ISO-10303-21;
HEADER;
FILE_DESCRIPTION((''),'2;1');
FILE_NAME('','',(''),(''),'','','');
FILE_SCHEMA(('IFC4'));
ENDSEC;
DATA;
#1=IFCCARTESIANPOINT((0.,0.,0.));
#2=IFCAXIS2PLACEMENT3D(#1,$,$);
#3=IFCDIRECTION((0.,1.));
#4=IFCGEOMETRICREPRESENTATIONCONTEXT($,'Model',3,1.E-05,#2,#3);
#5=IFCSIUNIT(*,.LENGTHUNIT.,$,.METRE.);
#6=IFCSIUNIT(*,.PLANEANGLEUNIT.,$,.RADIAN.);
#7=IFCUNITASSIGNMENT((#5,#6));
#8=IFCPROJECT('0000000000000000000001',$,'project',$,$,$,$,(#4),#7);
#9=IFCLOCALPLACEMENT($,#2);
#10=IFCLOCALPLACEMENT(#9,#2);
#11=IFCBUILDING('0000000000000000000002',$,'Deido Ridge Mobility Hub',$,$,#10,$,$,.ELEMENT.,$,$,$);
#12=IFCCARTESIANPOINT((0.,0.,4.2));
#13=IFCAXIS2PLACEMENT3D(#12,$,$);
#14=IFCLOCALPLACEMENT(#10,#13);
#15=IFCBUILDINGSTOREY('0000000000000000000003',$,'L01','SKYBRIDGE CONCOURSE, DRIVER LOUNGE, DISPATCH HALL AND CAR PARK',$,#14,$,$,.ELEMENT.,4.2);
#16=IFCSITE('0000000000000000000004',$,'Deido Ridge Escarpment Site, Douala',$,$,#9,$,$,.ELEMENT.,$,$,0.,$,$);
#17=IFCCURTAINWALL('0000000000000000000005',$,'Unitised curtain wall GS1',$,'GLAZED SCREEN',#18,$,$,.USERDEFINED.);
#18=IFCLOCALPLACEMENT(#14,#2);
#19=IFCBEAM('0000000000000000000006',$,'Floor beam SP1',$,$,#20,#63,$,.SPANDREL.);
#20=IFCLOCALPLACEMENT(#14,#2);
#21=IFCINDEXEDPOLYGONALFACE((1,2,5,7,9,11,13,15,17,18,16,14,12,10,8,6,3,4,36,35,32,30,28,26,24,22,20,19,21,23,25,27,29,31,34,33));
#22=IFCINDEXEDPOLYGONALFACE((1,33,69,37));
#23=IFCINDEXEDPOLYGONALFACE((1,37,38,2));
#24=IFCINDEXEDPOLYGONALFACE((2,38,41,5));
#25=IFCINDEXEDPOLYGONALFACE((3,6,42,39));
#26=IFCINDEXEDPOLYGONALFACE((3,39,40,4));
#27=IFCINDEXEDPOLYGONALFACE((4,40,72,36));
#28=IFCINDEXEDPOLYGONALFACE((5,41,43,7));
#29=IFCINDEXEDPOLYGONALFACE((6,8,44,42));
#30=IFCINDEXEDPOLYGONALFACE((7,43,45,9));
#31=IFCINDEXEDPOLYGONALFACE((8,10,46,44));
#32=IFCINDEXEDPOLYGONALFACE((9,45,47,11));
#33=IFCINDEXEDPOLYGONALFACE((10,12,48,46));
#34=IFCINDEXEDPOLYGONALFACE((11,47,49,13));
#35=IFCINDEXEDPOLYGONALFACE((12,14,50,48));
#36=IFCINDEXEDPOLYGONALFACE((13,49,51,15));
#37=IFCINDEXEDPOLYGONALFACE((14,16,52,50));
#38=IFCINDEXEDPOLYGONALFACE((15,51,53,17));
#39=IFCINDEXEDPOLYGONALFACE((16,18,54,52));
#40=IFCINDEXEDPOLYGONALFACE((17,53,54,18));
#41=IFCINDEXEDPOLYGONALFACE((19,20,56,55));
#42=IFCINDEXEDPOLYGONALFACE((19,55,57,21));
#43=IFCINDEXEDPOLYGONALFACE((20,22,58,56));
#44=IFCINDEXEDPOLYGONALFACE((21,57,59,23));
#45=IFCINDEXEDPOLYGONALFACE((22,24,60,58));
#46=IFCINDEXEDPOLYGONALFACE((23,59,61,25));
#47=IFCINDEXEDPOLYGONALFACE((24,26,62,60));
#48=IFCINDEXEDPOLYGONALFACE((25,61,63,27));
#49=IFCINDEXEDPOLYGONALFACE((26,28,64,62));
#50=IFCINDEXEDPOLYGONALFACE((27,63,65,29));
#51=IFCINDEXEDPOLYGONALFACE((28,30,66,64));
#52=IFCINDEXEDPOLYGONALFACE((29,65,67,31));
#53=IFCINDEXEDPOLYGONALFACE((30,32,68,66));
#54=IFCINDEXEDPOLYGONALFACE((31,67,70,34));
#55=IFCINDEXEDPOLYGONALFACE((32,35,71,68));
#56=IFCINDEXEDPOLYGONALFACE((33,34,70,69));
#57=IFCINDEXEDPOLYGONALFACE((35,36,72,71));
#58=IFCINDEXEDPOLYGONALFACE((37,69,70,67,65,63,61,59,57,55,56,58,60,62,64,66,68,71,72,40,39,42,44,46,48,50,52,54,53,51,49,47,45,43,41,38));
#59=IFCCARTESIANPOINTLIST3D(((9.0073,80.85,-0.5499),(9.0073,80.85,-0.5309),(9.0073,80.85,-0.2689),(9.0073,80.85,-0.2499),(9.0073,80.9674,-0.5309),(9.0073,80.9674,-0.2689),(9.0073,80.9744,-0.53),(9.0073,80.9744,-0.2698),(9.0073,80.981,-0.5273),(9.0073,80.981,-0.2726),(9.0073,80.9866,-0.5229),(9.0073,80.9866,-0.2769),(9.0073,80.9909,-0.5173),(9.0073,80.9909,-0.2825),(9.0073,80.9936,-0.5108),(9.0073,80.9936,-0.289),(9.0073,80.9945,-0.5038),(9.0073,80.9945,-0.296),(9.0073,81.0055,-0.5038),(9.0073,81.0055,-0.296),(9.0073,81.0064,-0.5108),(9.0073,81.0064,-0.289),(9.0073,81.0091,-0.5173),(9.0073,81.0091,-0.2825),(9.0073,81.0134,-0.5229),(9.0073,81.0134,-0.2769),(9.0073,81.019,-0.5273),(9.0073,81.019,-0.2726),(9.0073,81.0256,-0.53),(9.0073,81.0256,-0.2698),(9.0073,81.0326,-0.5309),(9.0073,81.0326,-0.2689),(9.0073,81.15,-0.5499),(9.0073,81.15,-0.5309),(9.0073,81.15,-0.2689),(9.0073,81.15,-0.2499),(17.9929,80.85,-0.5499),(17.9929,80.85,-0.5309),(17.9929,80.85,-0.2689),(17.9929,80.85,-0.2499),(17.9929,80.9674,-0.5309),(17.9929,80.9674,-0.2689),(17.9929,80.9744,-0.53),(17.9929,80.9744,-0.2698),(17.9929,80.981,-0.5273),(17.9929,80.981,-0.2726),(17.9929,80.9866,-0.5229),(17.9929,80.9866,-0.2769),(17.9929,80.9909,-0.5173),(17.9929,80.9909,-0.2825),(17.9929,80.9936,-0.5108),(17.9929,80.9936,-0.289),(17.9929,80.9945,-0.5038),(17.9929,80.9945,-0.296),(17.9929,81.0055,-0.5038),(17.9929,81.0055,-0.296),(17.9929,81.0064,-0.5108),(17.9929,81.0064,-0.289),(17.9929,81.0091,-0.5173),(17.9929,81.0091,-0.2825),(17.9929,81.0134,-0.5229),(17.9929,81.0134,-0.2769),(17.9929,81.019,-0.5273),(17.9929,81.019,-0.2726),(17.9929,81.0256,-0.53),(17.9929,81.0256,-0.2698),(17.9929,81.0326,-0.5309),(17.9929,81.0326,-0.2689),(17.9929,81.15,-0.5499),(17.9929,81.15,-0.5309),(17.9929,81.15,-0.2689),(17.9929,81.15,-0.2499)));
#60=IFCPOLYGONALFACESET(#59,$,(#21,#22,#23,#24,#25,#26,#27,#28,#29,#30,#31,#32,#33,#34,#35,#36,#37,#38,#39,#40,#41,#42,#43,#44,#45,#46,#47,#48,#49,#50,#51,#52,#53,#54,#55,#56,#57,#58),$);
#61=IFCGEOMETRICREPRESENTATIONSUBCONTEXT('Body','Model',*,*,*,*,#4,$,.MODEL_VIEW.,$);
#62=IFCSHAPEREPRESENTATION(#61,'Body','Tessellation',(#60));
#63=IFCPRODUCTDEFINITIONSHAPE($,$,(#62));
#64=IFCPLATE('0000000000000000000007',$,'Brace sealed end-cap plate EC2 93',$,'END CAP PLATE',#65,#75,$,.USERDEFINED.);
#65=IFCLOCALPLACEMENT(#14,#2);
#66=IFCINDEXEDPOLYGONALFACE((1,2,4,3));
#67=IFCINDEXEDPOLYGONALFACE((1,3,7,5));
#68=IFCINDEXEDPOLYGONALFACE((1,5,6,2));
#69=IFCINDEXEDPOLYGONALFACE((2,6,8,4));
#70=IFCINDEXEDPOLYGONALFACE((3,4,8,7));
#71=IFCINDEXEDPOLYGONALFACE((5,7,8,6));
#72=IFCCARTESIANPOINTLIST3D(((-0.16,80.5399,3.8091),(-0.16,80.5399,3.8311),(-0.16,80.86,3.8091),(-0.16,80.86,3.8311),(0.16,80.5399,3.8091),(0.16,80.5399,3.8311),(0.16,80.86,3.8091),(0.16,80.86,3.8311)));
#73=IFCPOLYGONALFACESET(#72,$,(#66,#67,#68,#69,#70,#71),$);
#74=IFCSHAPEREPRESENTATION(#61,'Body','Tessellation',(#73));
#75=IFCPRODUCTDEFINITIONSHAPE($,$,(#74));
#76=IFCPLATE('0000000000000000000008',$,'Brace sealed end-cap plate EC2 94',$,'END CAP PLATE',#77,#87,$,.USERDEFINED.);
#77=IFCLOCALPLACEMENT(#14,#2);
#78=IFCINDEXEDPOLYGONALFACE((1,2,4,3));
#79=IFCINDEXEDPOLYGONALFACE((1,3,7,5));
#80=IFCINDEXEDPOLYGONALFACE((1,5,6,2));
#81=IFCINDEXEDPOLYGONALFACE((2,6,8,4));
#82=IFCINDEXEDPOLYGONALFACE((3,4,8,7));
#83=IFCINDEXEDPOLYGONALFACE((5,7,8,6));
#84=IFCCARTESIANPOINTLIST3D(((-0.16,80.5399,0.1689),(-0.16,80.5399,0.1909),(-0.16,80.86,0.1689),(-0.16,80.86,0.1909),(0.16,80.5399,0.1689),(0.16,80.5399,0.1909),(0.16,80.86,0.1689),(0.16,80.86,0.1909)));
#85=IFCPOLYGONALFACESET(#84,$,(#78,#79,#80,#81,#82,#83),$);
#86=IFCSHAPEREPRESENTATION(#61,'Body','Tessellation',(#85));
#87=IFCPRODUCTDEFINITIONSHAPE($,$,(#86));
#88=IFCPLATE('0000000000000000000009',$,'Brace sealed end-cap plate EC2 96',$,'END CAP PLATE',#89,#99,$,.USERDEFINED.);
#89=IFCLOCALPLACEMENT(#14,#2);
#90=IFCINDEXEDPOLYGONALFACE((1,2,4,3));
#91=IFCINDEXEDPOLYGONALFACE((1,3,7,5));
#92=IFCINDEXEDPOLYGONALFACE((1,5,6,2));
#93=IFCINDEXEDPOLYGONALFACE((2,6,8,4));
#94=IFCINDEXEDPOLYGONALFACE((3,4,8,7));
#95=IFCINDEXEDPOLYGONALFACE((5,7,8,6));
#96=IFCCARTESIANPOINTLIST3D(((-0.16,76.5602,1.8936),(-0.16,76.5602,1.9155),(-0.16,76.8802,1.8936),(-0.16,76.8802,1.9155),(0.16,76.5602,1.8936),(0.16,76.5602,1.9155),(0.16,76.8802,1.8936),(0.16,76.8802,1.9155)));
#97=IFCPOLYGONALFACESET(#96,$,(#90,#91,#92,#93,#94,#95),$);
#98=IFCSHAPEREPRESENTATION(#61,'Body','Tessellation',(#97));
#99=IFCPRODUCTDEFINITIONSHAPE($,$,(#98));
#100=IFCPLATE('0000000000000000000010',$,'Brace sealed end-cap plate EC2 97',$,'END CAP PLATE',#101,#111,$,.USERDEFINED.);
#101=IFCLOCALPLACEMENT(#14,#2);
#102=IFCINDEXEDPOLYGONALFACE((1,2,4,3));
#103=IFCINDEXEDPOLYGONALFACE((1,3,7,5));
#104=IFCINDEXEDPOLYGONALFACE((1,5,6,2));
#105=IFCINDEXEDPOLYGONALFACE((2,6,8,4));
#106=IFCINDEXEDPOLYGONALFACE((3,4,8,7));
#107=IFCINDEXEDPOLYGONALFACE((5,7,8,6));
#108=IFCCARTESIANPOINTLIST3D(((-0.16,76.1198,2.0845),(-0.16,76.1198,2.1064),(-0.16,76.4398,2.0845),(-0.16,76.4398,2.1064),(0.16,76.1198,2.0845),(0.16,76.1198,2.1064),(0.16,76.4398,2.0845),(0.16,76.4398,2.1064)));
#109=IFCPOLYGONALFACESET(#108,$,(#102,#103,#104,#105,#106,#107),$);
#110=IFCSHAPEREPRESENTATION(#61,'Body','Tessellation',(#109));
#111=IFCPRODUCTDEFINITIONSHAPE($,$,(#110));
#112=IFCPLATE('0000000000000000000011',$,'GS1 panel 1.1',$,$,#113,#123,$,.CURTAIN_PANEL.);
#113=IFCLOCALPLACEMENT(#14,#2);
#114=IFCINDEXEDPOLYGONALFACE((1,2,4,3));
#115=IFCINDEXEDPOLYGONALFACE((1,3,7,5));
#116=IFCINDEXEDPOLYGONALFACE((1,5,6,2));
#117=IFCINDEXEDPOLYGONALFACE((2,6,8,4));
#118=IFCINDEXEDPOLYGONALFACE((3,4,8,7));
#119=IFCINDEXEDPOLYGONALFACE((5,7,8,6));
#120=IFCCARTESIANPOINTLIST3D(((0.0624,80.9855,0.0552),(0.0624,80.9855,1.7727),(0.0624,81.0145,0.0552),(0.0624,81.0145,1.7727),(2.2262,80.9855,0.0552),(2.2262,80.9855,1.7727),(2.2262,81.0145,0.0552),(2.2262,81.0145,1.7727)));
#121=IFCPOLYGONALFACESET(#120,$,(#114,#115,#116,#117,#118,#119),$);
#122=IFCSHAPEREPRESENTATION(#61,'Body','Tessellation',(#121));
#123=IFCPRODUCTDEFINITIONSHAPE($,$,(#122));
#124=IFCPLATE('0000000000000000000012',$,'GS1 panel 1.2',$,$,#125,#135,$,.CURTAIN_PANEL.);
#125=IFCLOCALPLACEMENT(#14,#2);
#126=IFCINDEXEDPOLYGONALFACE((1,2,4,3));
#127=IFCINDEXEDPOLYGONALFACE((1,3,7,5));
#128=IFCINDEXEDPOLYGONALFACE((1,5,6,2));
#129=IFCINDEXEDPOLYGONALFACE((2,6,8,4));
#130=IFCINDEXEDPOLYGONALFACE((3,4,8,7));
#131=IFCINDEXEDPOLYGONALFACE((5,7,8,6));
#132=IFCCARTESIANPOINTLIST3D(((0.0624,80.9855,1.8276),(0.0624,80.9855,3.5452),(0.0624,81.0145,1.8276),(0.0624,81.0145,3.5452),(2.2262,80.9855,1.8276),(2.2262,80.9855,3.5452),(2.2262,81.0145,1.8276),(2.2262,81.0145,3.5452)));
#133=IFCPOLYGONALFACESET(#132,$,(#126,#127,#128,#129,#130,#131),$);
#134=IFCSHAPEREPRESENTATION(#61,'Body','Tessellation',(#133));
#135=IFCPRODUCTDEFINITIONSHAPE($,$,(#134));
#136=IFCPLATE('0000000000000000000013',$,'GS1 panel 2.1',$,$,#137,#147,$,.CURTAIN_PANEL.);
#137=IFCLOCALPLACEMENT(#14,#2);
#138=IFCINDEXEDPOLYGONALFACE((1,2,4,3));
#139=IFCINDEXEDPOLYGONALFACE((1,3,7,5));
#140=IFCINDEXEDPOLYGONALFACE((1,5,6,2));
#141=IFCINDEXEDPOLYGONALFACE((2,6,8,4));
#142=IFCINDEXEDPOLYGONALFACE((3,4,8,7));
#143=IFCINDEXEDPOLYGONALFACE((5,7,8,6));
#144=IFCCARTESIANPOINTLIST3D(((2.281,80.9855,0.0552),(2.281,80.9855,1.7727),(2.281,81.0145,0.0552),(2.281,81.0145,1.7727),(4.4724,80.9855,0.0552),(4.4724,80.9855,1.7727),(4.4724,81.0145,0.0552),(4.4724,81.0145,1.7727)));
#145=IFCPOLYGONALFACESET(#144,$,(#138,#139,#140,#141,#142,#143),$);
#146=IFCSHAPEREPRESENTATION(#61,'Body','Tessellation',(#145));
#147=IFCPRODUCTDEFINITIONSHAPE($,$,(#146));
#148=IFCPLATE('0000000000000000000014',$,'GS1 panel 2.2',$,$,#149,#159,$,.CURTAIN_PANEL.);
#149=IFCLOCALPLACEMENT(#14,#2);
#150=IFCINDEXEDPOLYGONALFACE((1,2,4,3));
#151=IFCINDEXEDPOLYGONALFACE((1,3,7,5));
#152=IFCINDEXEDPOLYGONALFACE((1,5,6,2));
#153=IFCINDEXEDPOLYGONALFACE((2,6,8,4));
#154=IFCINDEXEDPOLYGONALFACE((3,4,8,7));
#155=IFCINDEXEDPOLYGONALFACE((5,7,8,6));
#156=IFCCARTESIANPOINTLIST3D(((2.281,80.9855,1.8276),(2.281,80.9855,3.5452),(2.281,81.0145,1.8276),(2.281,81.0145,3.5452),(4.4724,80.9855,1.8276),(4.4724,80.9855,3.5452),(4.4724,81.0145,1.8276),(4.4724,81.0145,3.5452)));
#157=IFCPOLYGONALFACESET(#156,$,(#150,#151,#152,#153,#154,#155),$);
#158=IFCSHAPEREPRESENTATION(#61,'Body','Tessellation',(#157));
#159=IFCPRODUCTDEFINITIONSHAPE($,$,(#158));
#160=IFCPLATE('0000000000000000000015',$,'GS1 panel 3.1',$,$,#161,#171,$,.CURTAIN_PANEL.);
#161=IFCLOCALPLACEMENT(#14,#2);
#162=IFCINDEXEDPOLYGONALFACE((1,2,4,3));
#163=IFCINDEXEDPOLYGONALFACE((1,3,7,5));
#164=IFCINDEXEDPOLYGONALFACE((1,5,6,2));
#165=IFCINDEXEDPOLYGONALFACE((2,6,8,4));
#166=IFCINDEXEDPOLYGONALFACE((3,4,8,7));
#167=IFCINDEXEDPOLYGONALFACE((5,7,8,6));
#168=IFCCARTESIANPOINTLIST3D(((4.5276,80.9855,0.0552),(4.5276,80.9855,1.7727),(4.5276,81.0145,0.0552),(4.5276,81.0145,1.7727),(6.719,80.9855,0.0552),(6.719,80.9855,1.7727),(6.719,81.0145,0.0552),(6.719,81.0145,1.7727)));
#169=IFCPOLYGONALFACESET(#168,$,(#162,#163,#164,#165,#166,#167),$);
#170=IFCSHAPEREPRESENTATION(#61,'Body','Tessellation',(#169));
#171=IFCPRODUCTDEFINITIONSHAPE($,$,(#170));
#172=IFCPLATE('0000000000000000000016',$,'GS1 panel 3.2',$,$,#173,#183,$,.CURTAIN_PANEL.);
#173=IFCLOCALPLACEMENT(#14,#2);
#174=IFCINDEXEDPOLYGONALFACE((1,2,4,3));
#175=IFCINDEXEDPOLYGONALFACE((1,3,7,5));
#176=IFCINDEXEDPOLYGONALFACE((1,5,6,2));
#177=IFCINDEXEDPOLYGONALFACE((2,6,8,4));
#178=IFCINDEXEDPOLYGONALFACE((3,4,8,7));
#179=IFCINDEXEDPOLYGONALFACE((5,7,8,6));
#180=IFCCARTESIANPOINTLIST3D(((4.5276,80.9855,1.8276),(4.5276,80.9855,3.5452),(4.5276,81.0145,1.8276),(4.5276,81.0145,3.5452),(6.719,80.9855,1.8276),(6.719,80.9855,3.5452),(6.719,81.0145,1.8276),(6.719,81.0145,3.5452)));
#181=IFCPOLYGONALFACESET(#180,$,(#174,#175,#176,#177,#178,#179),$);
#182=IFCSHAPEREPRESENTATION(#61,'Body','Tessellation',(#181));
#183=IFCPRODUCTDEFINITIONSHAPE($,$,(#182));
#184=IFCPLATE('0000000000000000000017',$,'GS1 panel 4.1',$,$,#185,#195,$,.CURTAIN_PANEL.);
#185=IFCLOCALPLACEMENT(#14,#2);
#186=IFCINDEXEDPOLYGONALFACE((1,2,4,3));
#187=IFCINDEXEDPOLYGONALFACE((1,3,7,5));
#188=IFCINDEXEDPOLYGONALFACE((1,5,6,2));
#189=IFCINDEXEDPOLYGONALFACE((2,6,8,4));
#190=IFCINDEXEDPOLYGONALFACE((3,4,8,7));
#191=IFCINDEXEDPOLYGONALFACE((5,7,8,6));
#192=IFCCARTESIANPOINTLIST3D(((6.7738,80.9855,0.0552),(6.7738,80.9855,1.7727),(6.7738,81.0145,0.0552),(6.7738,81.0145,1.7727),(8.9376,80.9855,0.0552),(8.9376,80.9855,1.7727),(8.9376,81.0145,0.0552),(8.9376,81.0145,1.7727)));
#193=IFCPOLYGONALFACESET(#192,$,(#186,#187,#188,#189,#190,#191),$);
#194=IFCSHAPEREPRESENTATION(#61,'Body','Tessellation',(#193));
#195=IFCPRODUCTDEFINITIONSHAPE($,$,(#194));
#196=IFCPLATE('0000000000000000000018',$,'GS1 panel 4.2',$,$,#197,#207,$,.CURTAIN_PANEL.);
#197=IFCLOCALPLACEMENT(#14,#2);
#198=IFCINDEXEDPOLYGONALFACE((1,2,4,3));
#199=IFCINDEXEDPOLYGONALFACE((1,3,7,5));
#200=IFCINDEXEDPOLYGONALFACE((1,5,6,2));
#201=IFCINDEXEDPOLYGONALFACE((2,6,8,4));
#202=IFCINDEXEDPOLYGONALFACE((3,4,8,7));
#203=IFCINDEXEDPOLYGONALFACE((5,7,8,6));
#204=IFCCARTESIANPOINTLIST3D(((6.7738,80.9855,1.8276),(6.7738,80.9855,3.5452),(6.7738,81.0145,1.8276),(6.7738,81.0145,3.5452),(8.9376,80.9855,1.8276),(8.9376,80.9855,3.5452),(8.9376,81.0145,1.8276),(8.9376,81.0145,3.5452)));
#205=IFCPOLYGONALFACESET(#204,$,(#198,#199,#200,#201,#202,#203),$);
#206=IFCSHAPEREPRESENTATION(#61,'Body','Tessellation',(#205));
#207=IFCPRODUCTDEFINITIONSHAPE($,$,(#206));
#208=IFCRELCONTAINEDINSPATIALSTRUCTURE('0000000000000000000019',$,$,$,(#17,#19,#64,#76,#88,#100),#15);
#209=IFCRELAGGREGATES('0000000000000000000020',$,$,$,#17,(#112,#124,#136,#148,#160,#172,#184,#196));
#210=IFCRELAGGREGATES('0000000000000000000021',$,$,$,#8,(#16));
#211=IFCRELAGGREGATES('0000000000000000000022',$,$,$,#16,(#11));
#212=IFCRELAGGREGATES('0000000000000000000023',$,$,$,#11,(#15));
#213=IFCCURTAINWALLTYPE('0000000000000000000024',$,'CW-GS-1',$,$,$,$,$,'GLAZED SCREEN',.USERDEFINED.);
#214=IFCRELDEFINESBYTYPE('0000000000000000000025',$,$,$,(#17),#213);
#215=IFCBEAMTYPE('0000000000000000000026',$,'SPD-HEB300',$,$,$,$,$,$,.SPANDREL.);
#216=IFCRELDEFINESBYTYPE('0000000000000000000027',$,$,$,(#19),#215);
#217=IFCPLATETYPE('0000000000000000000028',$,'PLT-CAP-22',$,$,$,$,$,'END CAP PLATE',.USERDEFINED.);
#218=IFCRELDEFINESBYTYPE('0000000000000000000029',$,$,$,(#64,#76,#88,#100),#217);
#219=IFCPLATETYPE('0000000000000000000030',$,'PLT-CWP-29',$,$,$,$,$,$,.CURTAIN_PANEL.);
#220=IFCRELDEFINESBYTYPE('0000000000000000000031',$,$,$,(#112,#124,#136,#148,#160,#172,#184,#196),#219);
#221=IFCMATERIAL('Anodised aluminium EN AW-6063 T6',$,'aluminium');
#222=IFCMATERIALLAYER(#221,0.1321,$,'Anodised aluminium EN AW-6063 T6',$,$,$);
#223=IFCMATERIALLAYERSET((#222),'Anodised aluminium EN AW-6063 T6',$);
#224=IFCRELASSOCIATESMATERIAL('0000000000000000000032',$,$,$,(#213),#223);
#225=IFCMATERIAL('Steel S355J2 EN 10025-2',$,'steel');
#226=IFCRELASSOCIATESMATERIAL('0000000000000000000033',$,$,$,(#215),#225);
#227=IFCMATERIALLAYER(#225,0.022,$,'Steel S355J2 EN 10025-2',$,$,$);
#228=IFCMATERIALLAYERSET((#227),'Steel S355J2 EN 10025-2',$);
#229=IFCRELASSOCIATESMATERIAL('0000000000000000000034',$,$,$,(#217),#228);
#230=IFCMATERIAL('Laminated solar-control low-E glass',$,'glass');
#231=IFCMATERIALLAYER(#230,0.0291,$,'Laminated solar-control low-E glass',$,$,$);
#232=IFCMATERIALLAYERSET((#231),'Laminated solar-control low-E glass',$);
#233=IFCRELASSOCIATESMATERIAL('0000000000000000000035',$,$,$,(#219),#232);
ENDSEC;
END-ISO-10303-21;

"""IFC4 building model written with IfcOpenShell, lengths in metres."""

from ifc_helpers import new_model, si_unit, direction, frame, origin, origin_2d, place, context, subcontext, project, spatial, rectangle, i_section, extrude, material, layer, layer_set, material_profile, profile_set, type_object, element, aggregate, save


model = new_model("IFC4")

# Units and contexts
model_context = context("Model", 3, precision=1e-05, world=origin(), true_north=direction((0.0, 1.0)))
body_context = subcontext(model_context, "Body", "Model", "MODEL_VIEW")
ifc_project = project(units=[si_unit("LENGTHUNIT", "METRE"), si_unit("PLANEANGLEUNIT", "RADIAN")], contexts=[model_context])

# Site, building, storey
site_placement = place(None, origin())
site = spatial("IfcSite", under=ifc_project, at=site_placement, Name="Deido Ridge Escarpment Site, Douala", CompositionType="ELEMENT", RefElevation=0.0)
building_placement = place(site_placement, origin())
building = spatial("IfcBuilding", under=site, at=building_placement, Name="Deido Ridge Mobility Hub", CompositionType="ELEMENT")
storey_placement = place(building_placement, frame((0.0, 0.0, 4.2)))
storey = spatial("IfcBuildingStorey", under=building, at=storey_placement, Name="L01", Description="SKYBRIDGE CONCOURSE, DRIVER LOUNGE, DISPATCH HALL AND CAR PARK", CompositionType="ELEMENT", Elevation=4.2)

# Shared definitions
ifc_material_1 = material(Name="Steel S355J2 EN 10025-2", Category="steel")

# Curtain wall
ifc_material_2 = material(Name="Anodised aluminium EN AW-6063 T6", Category="aluminium")
ifc_layer_1 = layer(ifc_material_2, 0.1321, Name="Anodised aluminium EN AW-6063 T6")
ifc_layer_set_1 = layer_set([ifc_layer_1], Name="Anodised aluminium EN AW-6063 T6")
curtain_wall_type_1 = type_object("IfcCurtainWallType", Name="CW-GS-1", ElementType="GLAZED SCREEN", PredefinedType="USERDEFINED", material=ifc_layer_set_1)
curtain_wall_1_placement = place(storey_placement, origin())
curtain_wall_1 = element("IfcCurtainWall", 1, at=curtain_wall_1_placement, inside=storey, type_object=curtain_wall_type_1, Name="Unitised curtain wall GS1", ObjectType="GLAZED SCREEN", PredefinedType="USERDEFINED")

# Beam
ifc_material_profile_1 = material_profile(ifc_material_1, i_section(OverallWidth=0.3, OverallDepth=0.3, WebThickness=0.011, FlangeThickness=0.019, FilletRadius=0.0271, at=origin_2d()), Name="HEB 300")
ifc_profile_set_1 = profile_set([ifc_material_profile_1], Name="Steel S355J2 EN 10025-2")
beam_type = type_object("IfcBeamType", Name="SPD-HEB300", PredefinedType="SPANDREL", material=ifc_profile_set_1)
beam_1_placement = place(storey_placement, frame((9.0073, 81.0, -0.3999), z_axis=(1.0, 0.0, 0.0), x_axis=(0.0, 1.0, 0.0)))
element("IfcBeam", 2, at=beam_1_placement, inside=storey, type_object=beam_type, Name="Floor beam SP1", PredefinedType="SPANDREL", context=body_context, shape_type="SweptSolid", body=[
    extrude(i_section(OverallWidth=0.3, OverallDepth=0.3, WebThickness=0.011, FlangeThickness=0.019, FilletRadius=0.0271, at=origin_2d()), origin(), (0.0, 0.0, 1.0), 8.9856),
])

# Plates
ifc_layer_2 = layer(ifc_material_1, 0.022, Name="Steel S355J2 EN 10025-2")
ifc_layer_set_2 = layer_set([ifc_layer_2], Name="Steel S355J2 EN 10025-2")
plate_type_1 = type_object("IfcPlateType", Name="PLT-CAP-22", ElementType="END CAP PLATE", PredefinedType="USERDEFINED", material=ifc_layer_set_2)
for number, where, z_axis, x_axis, name in (
    (3, (0.0, 80.7, 3.8091), (0.0, 0.0, 1.0), (1.0, 0.0, 0.0), "Brace sealed end-cap plate EC2 93"),
    (4, (0.0, 80.7, 0.1689), (0.0, 0.0, 1.0), (1.0, 0.0, 0.0), "Brace sealed end-cap plate EC2 94"),
    (5, (0.0, 76.7202, 1.8936), (0.0, 0.0, 1.0), (1.0, 0.0, 0.0), "Brace sealed end-cap plate EC2 96"),
    (6, (0.0, 76.2798, 2.0845), (0.0, 0.0, 1.0), (1.0, 0.0, 0.0), "Brace sealed end-cap plate EC2 97"),
):
    element("IfcPlate", number, at=place(storey_placement, frame(where, z_axis=z_axis, x_axis=x_axis)), inside=storey, type_object=plate_type_1, Name=name, ObjectType="END CAP PLATE", PredefinedType="USERDEFINED", context=body_context, shape_type="SweptSolid", body=[
        extrude(rectangle(XDim=0.3201, YDim=0.3201, at=origin_2d()), origin(), (0.0, 0.0, 1.0), 0.022),
    ])

# Plates
ifc_material_3 = material(Name="Laminated solar-control low-E glass", Category="glass")
ifc_layer_3 = layer(ifc_material_3, 0.0291, Name="Laminated solar-control low-E glass")
ifc_layer_set_3 = layer_set([ifc_layer_3], Name="Laminated solar-control low-E glass")
plate_type_2 = type_object("IfcPlateType", Name="PLT-CWP-29", PredefinedType="CURTAIN_PANEL", material=ifc_layer_set_3)
plate_1_placement = place(storey_placement, frame((1.1443, 81.0, 0.0552), z_axis=(0.0, 0.0, 1.0), x_axis=(1.0, 0.0, 0.0)))
plate_1 = element("IfcPlate", 7, at=plate_1_placement, type_object=plate_type_2, Name="GS1 panel 1.1", PredefinedType="CURTAIN_PANEL", context=body_context, shape_type="SweptSolid", body=[
    extrude(rectangle(XDim=2.1638, YDim=0.0291, at=origin_2d()), origin(), (0.0, 0.0, 1.0), 1.7175),
])
plate_2_placement = place(storey_placement, frame((1.1443, 81.0, 1.8276), z_axis=(0.0, 0.0, 1.0), x_axis=(1.0, 0.0, 0.0)))
plate_2 = element("IfcPlate", 8, at=plate_2_placement, type_object=plate_type_2, Name="GS1 panel 1.2", PredefinedType="CURTAIN_PANEL", context=body_context, shape_type="SweptSolid", body=[
    extrude(rectangle(XDim=2.1638, YDim=0.0291, at=origin_2d()), origin(), (0.0, 0.0, 1.0), 1.7175),
])
plate_3_placement = place(storey_placement, frame((3.3767, 81.0, 0.0552), z_axis=(0.0, 0.0, 1.0), x_axis=(1.0, 0.0, 0.0)))
plate_3 = element("IfcPlate", 9, at=plate_3_placement, type_object=plate_type_2, Name="GS1 panel 2.1", PredefinedType="CURTAIN_PANEL", context=body_context, shape_type="SweptSolid", body=[
    extrude(rectangle(XDim=2.1914, YDim=0.0291, at=origin_2d()), origin(), (0.0, 0.0, 1.0), 1.7175),
])
plate_4_placement = place(storey_placement, frame((3.3767, 81.0, 1.8276), z_axis=(0.0, 0.0, 1.0), x_axis=(1.0, 0.0, 0.0)))
plate_4 = element("IfcPlate", 10, at=plate_4_placement, type_object=plate_type_2, Name="GS1 panel 2.2", PredefinedType="CURTAIN_PANEL", context=body_context, shape_type="SweptSolid", body=[
    extrude(rectangle(XDim=2.1914, YDim=0.0291, at=origin_2d()), origin(), (0.0, 0.0, 1.0), 1.7175),
])
plate_5_placement = place(storey_placement, frame((5.6233, 81.0, 0.0552), z_axis=(0.0, 0.0, 1.0), x_axis=(1.0, 0.0, 0.0)))
plate_5 = element("IfcPlate", 11, at=plate_5_placement, type_object=plate_type_2, Name="GS1 panel 3.1", PredefinedType="CURTAIN_PANEL", context=body_context, shape_type="SweptSolid", body=[
    extrude(rectangle(XDim=2.1914, YDim=0.0291, at=origin_2d()), origin(), (0.0, 0.0, 1.0), 1.7175),
])
plate_6_placement = place(storey_placement, frame((5.6233, 81.0, 1.8276), z_axis=(0.0, 0.0, 1.0), x_axis=(1.0, 0.0, 0.0)))
plate_6 = element("IfcPlate", 12, at=plate_6_placement, type_object=plate_type_2, Name="GS1 panel 3.2", PredefinedType="CURTAIN_PANEL", context=body_context, shape_type="SweptSolid", body=[
    extrude(rectangle(XDim=2.1914, YDim=0.0291, at=origin_2d()), origin(), (0.0, 0.0, 1.0), 1.7175),
])
plate_7_placement = place(storey_placement, frame((7.8557, 81.0, 0.0552), z_axis=(0.0, 0.0, 1.0), x_axis=(1.0, 0.0, 0.0)))
plate_7 = element("IfcPlate", 13, at=plate_7_placement, type_object=plate_type_2, Name="GS1 panel 4.1", PredefinedType="CURTAIN_PANEL", context=body_context, shape_type="SweptSolid", body=[
    extrude(rectangle(XDim=2.1638, YDim=0.0291, at=origin_2d()), origin(), (0.0, 0.0, 1.0), 1.7175),
])
plate_8_placement = place(storey_placement, frame((7.8557, 81.0, 1.8276), z_axis=(0.0, 0.0, 1.0), x_axis=(1.0, 0.0, 0.0)))
plate_8 = element("IfcPlate", 14, at=plate_8_placement, type_object=plate_type_2, Name="GS1 panel 4.2", PredefinedType="CURTAIN_PANEL", context=body_context, shape_type="SweptSolid", body=[
    extrude(rectangle(XDim=2.1638, YDim=0.0291, at=origin_2d()), origin(), (0.0, 0.0, 1.0), 1.7175),
])
aggregate(curtain_wall_1, [plate_1, plate_2, plate_3, plate_4, plate_5, plate_6, plate_7, plate_8])

save(model, "model.ifc")
